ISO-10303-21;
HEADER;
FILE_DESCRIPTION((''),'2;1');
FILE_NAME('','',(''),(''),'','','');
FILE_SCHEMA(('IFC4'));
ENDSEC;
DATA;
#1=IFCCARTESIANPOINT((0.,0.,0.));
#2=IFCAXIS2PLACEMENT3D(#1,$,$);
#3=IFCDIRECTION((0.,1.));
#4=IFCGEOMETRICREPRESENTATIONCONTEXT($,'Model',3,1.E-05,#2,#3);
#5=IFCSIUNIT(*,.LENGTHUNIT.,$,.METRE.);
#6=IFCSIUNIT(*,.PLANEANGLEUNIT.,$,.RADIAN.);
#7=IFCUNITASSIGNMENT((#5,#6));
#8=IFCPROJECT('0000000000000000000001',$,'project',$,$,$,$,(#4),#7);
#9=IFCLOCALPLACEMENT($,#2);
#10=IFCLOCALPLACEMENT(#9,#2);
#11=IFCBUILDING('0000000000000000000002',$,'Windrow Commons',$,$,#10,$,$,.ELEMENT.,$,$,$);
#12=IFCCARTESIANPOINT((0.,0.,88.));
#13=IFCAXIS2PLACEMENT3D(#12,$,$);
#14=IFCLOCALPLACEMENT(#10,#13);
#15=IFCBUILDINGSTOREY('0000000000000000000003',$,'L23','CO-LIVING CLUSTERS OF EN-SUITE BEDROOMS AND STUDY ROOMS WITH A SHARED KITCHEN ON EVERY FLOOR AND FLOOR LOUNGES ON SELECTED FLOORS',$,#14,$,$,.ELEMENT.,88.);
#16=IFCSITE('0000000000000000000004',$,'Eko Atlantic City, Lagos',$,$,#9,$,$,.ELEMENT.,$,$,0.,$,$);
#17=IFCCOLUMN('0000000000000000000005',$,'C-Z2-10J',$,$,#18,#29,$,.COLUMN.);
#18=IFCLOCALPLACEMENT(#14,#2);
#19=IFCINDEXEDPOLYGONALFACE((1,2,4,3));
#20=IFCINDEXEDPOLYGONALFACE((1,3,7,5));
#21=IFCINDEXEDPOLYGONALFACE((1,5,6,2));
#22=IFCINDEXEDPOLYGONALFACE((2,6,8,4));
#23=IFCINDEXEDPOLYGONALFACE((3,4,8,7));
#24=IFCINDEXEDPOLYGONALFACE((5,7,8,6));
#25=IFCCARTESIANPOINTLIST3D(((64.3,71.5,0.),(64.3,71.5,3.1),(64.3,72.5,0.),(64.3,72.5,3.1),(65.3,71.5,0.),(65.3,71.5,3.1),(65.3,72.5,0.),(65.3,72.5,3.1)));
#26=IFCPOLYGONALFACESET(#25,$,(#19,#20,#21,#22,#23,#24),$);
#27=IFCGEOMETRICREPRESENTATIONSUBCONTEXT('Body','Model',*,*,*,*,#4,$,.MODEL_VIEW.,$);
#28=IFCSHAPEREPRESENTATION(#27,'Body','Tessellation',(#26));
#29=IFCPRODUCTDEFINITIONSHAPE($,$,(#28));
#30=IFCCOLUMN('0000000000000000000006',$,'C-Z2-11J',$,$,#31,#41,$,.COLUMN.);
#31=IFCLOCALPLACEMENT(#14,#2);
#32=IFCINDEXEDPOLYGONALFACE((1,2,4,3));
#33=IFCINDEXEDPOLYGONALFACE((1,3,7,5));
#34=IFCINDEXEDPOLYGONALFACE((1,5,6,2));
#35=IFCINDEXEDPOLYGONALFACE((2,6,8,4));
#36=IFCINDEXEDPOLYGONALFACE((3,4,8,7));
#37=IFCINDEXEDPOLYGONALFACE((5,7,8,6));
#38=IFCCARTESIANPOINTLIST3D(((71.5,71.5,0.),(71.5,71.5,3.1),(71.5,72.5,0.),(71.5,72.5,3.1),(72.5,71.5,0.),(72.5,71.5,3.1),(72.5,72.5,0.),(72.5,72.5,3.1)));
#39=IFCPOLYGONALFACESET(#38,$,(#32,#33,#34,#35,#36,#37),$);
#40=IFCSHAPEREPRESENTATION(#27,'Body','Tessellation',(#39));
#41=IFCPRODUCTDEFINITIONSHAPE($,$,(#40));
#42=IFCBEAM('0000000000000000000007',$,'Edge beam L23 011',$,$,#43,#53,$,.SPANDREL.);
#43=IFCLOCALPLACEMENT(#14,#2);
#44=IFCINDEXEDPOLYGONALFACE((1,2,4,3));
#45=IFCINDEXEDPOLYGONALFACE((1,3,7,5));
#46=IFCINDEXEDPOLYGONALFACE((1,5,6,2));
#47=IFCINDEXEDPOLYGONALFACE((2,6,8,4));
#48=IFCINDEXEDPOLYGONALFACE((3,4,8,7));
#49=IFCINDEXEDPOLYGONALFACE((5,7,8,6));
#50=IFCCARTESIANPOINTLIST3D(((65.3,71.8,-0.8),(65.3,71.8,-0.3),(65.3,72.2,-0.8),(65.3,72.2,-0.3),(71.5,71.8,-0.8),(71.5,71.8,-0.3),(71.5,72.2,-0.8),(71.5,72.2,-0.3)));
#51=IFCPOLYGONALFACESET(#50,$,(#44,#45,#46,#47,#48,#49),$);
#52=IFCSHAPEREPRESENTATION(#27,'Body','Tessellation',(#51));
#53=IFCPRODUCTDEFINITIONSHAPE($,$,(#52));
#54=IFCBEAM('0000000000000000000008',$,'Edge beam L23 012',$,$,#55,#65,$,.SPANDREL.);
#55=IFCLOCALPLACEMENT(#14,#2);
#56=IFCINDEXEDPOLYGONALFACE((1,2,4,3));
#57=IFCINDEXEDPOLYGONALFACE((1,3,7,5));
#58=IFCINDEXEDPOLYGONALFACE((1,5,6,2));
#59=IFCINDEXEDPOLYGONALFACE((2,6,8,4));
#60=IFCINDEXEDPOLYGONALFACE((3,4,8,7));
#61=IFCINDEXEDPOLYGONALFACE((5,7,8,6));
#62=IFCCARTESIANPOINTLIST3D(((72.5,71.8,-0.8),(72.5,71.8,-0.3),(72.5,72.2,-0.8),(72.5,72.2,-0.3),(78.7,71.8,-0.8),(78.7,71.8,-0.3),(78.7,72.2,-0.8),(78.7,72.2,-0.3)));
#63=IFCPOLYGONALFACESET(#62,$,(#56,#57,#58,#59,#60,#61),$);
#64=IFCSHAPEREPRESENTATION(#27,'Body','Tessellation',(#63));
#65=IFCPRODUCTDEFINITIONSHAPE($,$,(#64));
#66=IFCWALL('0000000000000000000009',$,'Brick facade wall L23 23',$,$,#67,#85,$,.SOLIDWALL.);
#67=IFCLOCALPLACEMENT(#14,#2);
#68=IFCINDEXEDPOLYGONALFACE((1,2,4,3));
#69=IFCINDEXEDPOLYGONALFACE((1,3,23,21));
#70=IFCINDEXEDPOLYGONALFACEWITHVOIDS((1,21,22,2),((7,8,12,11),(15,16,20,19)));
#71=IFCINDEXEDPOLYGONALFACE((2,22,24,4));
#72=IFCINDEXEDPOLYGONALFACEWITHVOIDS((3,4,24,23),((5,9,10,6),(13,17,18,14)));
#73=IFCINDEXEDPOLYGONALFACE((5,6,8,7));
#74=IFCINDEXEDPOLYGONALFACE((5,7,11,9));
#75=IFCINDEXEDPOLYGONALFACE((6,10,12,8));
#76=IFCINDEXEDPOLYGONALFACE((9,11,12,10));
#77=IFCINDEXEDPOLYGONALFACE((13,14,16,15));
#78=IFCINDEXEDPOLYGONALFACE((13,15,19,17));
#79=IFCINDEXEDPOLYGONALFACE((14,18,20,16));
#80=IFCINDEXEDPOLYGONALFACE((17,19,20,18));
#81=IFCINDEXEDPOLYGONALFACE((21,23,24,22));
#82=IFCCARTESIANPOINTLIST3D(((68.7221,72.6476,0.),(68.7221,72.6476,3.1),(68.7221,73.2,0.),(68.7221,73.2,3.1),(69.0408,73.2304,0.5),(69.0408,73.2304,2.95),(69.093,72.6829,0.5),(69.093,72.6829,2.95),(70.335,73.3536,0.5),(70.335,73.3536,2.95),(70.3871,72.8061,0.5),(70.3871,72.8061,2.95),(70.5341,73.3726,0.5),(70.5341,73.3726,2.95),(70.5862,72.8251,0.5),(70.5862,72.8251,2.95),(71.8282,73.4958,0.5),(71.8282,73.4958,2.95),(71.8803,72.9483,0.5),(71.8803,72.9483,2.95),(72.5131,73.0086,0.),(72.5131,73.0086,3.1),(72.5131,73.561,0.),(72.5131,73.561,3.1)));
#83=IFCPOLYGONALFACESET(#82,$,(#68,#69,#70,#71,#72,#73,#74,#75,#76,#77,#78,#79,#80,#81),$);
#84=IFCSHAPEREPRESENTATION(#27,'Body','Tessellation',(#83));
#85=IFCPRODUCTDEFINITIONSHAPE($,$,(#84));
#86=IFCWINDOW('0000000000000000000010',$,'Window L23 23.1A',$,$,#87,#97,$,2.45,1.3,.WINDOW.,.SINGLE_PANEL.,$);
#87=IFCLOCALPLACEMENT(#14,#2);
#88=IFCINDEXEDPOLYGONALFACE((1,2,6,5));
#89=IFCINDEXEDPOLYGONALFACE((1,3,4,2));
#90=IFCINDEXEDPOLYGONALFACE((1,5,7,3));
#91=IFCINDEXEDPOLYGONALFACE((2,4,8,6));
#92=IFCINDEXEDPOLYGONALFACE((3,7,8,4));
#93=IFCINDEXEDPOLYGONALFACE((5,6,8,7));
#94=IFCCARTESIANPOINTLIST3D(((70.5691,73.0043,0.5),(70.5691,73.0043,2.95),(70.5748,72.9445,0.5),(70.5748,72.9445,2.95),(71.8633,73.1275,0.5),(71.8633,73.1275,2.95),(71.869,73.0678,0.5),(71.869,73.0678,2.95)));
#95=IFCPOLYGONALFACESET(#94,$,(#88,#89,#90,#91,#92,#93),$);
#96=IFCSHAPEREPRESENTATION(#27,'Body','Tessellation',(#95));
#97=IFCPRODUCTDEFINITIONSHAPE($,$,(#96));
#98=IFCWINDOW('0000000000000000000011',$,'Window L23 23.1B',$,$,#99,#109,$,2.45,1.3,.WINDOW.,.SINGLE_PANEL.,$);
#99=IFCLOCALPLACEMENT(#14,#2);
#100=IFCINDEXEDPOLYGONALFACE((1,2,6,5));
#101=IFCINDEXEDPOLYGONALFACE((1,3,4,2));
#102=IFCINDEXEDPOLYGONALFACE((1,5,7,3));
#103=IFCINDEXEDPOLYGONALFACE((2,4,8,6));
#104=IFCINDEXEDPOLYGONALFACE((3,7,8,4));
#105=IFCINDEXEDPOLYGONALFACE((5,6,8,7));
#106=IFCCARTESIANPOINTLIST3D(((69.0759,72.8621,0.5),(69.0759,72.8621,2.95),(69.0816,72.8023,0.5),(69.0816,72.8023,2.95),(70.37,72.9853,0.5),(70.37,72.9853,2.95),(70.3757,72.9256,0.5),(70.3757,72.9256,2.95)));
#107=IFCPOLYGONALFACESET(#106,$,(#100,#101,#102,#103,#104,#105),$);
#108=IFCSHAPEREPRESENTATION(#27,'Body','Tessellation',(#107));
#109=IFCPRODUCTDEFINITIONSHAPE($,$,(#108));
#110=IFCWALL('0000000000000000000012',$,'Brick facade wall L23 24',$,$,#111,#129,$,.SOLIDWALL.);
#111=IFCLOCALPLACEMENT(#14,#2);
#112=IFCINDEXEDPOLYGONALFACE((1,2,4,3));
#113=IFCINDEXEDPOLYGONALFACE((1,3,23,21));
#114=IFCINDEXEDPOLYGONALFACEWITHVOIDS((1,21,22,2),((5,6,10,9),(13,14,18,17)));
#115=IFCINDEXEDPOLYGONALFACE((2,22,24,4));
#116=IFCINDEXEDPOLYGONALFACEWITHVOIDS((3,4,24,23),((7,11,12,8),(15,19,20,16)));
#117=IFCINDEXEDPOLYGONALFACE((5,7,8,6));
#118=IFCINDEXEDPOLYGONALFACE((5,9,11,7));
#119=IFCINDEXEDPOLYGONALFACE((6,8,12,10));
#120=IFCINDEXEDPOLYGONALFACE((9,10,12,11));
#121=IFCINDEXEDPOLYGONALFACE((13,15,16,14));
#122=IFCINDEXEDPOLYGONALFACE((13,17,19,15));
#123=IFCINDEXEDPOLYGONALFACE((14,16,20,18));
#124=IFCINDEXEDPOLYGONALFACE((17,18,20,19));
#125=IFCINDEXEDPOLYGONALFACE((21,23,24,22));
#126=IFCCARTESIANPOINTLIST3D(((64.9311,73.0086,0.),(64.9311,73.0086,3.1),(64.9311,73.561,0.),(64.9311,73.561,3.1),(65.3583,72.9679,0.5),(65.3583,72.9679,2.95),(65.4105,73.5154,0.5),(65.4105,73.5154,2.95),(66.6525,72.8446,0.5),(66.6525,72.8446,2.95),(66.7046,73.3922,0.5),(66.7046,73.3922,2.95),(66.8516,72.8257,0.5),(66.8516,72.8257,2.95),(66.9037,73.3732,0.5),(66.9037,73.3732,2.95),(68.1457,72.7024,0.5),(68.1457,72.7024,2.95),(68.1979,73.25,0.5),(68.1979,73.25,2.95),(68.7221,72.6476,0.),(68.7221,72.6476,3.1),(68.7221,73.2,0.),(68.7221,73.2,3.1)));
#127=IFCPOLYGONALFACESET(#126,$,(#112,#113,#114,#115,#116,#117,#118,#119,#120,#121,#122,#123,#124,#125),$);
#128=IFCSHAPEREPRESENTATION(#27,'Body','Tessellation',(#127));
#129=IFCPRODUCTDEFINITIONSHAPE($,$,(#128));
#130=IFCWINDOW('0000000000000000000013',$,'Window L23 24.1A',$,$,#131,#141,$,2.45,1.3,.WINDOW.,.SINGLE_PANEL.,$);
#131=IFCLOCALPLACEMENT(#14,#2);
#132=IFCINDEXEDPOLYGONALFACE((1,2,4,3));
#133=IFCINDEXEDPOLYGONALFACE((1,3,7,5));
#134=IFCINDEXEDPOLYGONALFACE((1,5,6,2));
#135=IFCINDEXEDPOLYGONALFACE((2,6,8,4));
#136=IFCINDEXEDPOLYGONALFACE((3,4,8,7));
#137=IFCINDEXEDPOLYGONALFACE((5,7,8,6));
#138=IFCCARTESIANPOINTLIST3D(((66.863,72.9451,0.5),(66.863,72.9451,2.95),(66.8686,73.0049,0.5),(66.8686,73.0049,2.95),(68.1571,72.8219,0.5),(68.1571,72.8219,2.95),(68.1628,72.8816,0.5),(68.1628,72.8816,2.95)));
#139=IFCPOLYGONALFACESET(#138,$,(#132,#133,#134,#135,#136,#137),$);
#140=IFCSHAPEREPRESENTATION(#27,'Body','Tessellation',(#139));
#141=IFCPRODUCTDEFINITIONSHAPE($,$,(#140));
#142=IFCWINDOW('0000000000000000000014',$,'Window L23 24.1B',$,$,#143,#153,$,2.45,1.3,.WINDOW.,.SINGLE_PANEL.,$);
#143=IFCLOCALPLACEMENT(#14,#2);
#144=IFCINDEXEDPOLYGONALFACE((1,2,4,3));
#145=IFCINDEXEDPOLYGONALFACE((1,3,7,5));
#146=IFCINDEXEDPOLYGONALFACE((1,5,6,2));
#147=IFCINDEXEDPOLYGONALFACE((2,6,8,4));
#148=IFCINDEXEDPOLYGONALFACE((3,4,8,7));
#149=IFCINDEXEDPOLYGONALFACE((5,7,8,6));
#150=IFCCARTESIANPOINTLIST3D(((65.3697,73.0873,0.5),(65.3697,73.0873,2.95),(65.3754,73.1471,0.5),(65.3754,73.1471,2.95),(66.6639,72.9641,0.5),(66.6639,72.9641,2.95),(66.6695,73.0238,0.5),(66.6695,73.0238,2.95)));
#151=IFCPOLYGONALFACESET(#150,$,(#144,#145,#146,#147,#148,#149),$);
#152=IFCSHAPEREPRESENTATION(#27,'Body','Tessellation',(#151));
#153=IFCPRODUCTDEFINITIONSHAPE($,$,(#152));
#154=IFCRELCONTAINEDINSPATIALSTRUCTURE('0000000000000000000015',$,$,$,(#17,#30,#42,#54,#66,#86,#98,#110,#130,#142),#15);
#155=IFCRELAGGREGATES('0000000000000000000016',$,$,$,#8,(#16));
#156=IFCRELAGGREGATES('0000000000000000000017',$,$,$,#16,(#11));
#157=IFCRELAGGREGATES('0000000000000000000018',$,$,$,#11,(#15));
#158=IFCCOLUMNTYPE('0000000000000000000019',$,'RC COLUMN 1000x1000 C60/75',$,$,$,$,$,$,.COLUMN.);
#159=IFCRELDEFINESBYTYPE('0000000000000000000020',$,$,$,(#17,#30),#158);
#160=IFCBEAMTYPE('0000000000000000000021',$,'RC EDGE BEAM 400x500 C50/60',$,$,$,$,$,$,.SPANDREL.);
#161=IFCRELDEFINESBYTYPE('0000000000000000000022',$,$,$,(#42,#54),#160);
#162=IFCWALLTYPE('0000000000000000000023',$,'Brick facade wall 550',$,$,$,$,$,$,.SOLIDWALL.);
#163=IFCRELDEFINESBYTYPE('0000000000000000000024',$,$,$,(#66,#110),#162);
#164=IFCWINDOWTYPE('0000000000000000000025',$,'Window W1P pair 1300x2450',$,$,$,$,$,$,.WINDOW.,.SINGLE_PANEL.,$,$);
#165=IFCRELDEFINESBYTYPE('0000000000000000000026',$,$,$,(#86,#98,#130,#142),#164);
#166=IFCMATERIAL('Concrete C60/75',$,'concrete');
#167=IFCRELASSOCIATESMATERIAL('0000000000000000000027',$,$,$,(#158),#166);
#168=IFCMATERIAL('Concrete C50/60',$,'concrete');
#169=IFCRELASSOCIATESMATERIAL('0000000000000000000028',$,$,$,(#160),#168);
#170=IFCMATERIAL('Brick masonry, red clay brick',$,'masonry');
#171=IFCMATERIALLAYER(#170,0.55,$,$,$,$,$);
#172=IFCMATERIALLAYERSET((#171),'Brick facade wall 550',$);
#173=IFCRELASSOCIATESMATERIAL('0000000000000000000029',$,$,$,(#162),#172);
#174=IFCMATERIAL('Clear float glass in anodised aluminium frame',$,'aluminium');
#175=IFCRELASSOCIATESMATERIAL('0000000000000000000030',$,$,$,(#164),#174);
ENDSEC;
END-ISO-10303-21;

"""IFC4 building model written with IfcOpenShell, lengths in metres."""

from ifc_helpers import new_model, si_unit, direction, frame, frame_2d, origin, origin_2d, place, context, subcontext, project, spatial, polyline, rectangle, outline, extrude, material, layer, layer_set, material_profile, profile_set, type_object, element, fill, save


model = new_model("IFC4")

# Units and contexts
model_context = context("Model", 3, precision=1e-05, world=origin(), true_north=direction((0.0, 1.0)))
body_context = subcontext(model_context, "Body", "Model", "MODEL_VIEW")
ifc_project = project(units=[si_unit("LENGTHUNIT", "METRE"), si_unit("PLANEANGLEUNIT", "RADIAN")], contexts=[model_context])

# Site, building, storey
site_placement = place(None, origin())
site = spatial("IfcSite", under=ifc_project, at=site_placement, Name="Eko Atlantic City, Lagos", CompositionType="ELEMENT", RefElevation=0.0)
building_placement = place(site_placement, origin())
building = spatial("IfcBuilding", under=site, at=building_placement, Name="Windrow Commons", CompositionType="ELEMENT")
storey_placement = place(building_placement, frame((0.0, 0.0, 88.0)))
storey = spatial("IfcBuildingStorey", under=building, at=storey_placement, Name="L23", Description="CO-LIVING CLUSTERS OF EN-SUITE BEDROOMS AND STUDY ROOMS WITH A SHARED KITCHEN ON EVERY FLOOR AND FLOOR LOUNGES ON SELECTED FLOORS", CompositionType="ELEMENT", Elevation=88.0)

# Columns
ifc_material_1 = material(Name="Concrete C60/75", Category="concrete")
ifc_material_profile_1 = material_profile(ifc_material_1, rectangle(XDim=1.0, YDim=1.0, at=origin_2d()))
ifc_profile_set_1 = profile_set([ifc_material_profile_1], Name="Concrete C60/75")
column_type = type_object("IfcColumnType", Name="RC COLUMN 1000x1000 C60/75", PredefinedType="COLUMN", material=ifc_profile_set_1)
for number, where, z_axis, x_axis, name in (
    (1, (64.8, 72.0, 0.0), (0.0, 0.0, 1.0), (1.0, 0.0, 0.0), "C-Z2-10J"),
    (2, (72.0, 72.0, 0.0), (0.0, 0.0, 1.0), (1.0, 0.0, 0.0), "C-Z2-11J"),
):
    element("IfcColumn", number, at=place(storey_placement, frame(where, z_axis=z_axis, x_axis=x_axis)), inside=storey, type_object=column_type, Name=name, PredefinedType="COLUMN", context=body_context, shape_type="SweptSolid", body=[
        extrude(rectangle(XDim=1.0, YDim=1.0, at=origin_2d()), origin(), (0.0, 0.0, 1.0), 3.1),
    ])

# Beams
ifc_material_2 = material(Name="Concrete C50/60", Category="concrete")
ifc_material_profile_2 = material_profile(ifc_material_2, rectangle(XDim=0.4, YDim=0.5, at=origin_2d()))
ifc_profile_set_2 = profile_set([ifc_material_profile_2], Name="Concrete C50/60")
beam_type = type_object("IfcBeamType", Name="RC EDGE BEAM 400x500 C50/60", PredefinedType="SPANDREL", material=ifc_profile_set_2)
for number, where, z_axis, x_axis, name in (
    (3, (65.3, 72.0, -0.55), (1.0, 0.0, 0.0), (0.0, 1.0, 0.0), "Edge beam L23 011"),
    (4, (72.5, 72.0, -0.55), (1.0, 0.0, 0.0), (0.0, 1.0, 0.0), "Edge beam L23 012"),
):
    element("IfcBeam", number, at=place(storey_placement, frame(where, z_axis=z_axis, x_axis=x_axis)), inside=storey, type_object=beam_type, Name=name, PredefinedType="SPANDREL", context=body_context, shape_type="SweptSolid", body=[
        extrude(rectangle(XDim=0.4, YDim=0.5, at=origin_2d()), origin(), (0.0, 0.0, 1.0), 6.2),
    ])

# Walls, openings, windows
ifc_material_3 = material(Name="Brick masonry, red clay brick", Category="masonry")
ifc_layer_1 = layer(ifc_material_3, 0.55)
ifc_layer_set_1 = layer_set([ifc_layer_1], Name="Brick facade wall 550")
wall_type_1 = type_object("IfcWallType", Name="Brick facade wall 550", PredefinedType="SOLIDWALL", material=ifc_layer_set_1)
wall_1_placement = place(storey_placement, frame((72.5131, 73.2848, 0.0), z_axis=(0.0, 0.0, 1.0), x_axis=(-0.995497, -0.094797, 0.0)))
wall_1 = element("IfcWall", 5, at=wall_1_placement, inside=storey, type_object=wall_type_1, Name="Brick facade wall L23 23", PredefinedType="SOLIDWALL", context=body_context, shape_type="SweptSolid", body=[
    extrude(outline(polyline([(-0.0262, -0.275), (3.782, -0.275), (3.8343, 0.275), (0.0262, 0.275), (-0.0262, -0.275)])), origin(), (0.0, 0.0, 1.0), 3.1),
])
opening_1_placement = place(wall_1_placement, frame((0.6618, 0.0, 0.5)))
opening_1 = element("IfcOpeningElement", 6, at=opening_1_placement, cuts=wall_1, PredefinedType="OPENING", context=body_context, shape_type="SweptSolid", body=[
    extrude(rectangle(XDim=1.3, YDim=2.45, at=frame_2d((0.65, 1.225))), frame((0.0, 0.285, 0.0), z_axis=(0.0, -1.0, 0.0), x_axis=(1.0, 0.0, 0.0)), (0.0, 0.0, 1.0), 0.57),
])
opening_2_placement = place(wall_1_placement, frame((2.1618, 0.0, 0.5)))
opening_2 = element("IfcOpeningElement", 7, at=opening_2_placement, cuts=wall_1, PredefinedType="OPENING", context=body_context, shape_type="SweptSolid", body=[
    extrude(rectangle(XDim=1.3, YDim=2.45, at=frame_2d((0.65, 1.225))), frame((0.0, 0.285, 0.0), z_axis=(0.0, -1.0, 0.0), x_axis=(1.0, 0.0, 0.0)), (0.0, 0.0, 1.0), 0.57),
])
ifc_material_4 = material(Name="Clear float glass in anodised aluminium frame", Category="aluminium")
window_type = type_object("IfcWindowType", Name="Window W1P pair 1300x2450", PartitioningType="SINGLE_PANEL", PredefinedType="WINDOW", material=ifc_material_4)
window_1_placement = place(opening_1_placement, origin())
window_1 = element("IfcWindow", 8, at=window_1_placement, inside=storey, type_object=window_type, Name="Window L23 23.1A", OverallHeight=2.45, OverallWidth=1.3, PartitioningType="SINGLE_PANEL", PredefinedType="WINDOW", context=body_context, shape_type="SweptSolid", body=[
    extrude(rectangle(XDim=1.3, YDim=2.45, at=frame_2d((0.65, 1.225))), frame((0.0, 0.155, 0.0), z_axis=(0.0, -1.0, 0.0), x_axis=(1.0, 0.0, 0.0)), (0.0, 0.0, 1.0), 0.06),
])
fill(opening_1, window_1)
window_2_placement = place(opening_2_placement, origin())
window_2 = element("IfcWindow", 9, at=window_2_placement, inside=storey, type_object=window_type, Name="Window L23 23.1B", OverallHeight=2.45, OverallWidth=1.3, PartitioningType="SINGLE_PANEL", PredefinedType="WINDOW", context=body_context, shape_type="SweptSolid", body=[
    extrude(rectangle(XDim=1.3, YDim=2.45, at=frame_2d((0.65, 1.225))), frame((0.0, 0.155, 0.0), z_axis=(0.0, -1.0, 0.0), x_axis=(1.0, 0.0, 0.0)), (0.0, 0.0, 1.0), 0.06),
])
fill(opening_2, window_2)
wall_2_placement = place(storey_placement, frame((68.7221, 72.9238, 0.0), z_axis=(0.0, 0.0, 1.0), x_axis=(-0.995497, 0.094797, 0.0)))
wall_2 = element("IfcWall", 10, at=wall_2_placement, inside=storey, type_object=wall_type_1, Name="Brick facade wall L23 24", PredefinedType="SOLIDWALL", context=body_context, shape_type="SweptSolid", body=[
    extrude(outline(polyline([(0.0262, -0.275), (3.8343, -0.275), (3.782, 0.275), (-0.0262, 0.275), (0.0262, -0.275)])), origin(), (0.0, 0.0, 1.0), 3.1),
])
opening_3_placement = place(wall_2_placement, frame((0.5528, 0.0, 0.5)))
opening_3 = element("IfcOpeningElement", 11, at=opening_3_placement, cuts=wall_2, PredefinedType="OPENING", context=body_context, shape_type="SweptSolid", body=[
    extrude(rectangle(XDim=1.3, YDim=2.45, at=frame_2d((0.65, 1.225))), frame((0.0, 0.285, 0.0), z_axis=(0.0, -1.0, 0.0), x_axis=(1.0, 0.0, 0.0)), (0.0, 0.0, 1.0), 0.57),
])
opening_4_placement = place(wall_2_placement, frame((2.0528, 0.0, 0.5)))
opening_4 = element("IfcOpeningElement", 12, at=opening_4_placement, cuts=wall_2, PredefinedType="OPENING", context=body_context, shape_type="SweptSolid", body=[
    extrude(rectangle(XDim=1.3, YDim=2.45, at=frame_2d((0.65, 1.225))), frame((0.0, 0.285, 0.0), z_axis=(0.0, -1.0, 0.0), x_axis=(1.0, 0.0, 0.0)), (0.0, 0.0, 1.0), 0.57),
])
window_3_placement = place(opening_3_placement, origin())
window_3 = element("IfcWindow", 13, at=window_3_placement, inside=storey, type_object=window_type, Name="Window L23 24.1A", OverallHeight=2.45, OverallWidth=1.3, PartitioningType="SINGLE_PANEL", PredefinedType="WINDOW", context=body_context, shape_type="SweptSolid", body=[
    extrude(rectangle(XDim=1.3, YDim=2.45, at=frame_2d((0.65, 1.225))), frame((0.0, 0.155, 0.0), z_axis=(0.0, -1.0, 0.0), x_axis=(1.0, 0.0, 0.0)), (0.0, 0.0, 1.0), 0.06),
])
fill(opening_3, window_3)
window_4_placement = place(opening_4_placement, origin())
window_4 = element("IfcWindow", 14, at=window_4_placement, inside=storey, type_object=window_type, Name="Window L23 24.1B", OverallHeight=2.45, OverallWidth=1.3, PartitioningType="SINGLE_PANEL", PredefinedType="WINDOW", context=body_context, shape_type="SweptSolid", body=[
    extrude(rectangle(XDim=1.3, YDim=2.45, at=frame_2d((0.65, 1.225))), frame((0.0, 0.155, 0.0), z_axis=(0.0, -1.0, 0.0), x_axis=(1.0, 0.0, 0.0)), (0.0, 0.0, 1.0), 0.06),
])
fill(opening_4, window_4)

save(model, "model.ifc")
